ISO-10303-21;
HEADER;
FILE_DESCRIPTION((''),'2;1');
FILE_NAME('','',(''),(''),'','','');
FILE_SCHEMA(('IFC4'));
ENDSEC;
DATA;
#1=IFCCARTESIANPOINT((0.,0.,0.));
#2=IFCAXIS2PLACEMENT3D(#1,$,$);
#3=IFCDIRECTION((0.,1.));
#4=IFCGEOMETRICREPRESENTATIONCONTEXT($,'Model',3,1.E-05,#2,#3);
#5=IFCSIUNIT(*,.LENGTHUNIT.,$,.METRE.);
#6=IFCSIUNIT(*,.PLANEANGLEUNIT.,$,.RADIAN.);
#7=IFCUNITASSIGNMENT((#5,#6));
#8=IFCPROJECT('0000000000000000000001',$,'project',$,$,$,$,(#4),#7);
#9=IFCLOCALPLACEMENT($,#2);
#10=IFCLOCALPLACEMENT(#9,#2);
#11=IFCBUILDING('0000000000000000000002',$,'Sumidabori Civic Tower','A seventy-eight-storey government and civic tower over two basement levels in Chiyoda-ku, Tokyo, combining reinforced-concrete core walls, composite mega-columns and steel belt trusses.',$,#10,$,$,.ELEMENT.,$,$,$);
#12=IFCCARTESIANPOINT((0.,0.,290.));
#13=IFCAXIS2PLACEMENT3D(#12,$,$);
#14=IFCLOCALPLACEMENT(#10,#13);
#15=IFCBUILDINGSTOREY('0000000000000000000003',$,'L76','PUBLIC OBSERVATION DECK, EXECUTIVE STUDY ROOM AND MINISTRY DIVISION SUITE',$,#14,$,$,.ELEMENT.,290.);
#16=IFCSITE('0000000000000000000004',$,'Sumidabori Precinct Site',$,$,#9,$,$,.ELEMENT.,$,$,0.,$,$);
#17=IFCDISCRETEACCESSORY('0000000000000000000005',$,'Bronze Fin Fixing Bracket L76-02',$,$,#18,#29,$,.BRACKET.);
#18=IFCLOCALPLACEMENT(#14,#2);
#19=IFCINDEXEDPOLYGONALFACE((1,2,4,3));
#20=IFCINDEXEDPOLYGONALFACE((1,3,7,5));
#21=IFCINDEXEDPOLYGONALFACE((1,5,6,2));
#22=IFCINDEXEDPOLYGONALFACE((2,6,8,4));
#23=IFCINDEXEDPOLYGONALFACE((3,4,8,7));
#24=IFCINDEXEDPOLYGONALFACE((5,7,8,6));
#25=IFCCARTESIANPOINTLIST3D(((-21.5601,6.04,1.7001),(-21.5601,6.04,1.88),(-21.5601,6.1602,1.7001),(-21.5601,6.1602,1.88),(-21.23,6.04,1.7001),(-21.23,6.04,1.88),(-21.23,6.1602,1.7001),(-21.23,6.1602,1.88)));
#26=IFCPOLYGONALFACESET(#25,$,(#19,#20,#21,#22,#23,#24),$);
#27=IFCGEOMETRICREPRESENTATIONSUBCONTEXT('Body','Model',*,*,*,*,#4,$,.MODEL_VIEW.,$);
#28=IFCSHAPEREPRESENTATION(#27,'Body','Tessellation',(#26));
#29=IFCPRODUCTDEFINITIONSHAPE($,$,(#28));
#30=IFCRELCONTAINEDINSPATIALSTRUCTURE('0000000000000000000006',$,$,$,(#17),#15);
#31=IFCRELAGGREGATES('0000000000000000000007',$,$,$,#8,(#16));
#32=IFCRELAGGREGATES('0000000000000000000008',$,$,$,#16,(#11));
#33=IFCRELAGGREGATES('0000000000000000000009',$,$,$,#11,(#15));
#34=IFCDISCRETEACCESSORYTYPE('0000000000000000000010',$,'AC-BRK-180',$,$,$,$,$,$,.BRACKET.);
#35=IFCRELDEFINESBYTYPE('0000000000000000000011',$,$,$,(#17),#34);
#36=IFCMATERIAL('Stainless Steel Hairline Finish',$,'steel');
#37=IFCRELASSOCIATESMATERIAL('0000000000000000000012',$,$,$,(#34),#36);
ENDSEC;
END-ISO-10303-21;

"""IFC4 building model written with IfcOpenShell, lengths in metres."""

from ifc_helpers import new_model, si_unit, direction, frame, origin, origin_2d, place, context, subcontext, project, spatial, rectangle, extrude, source, transform, mapped, material, material_profile, profile_set, type_object, element, save


model = new_model("IFC4")

# Units and contexts
model_context = context("Model", 3, precision=1e-05, world=origin(), true_north=direction((0.0, 1.0)))
body_context = subcontext(model_context, "Body", "Model", "MODEL_VIEW")
ifc_project = project(units=[si_unit("LENGTHUNIT", "METRE"), si_unit("PLANEANGLEUNIT", "RADIAN")], contexts=[model_context])

# Site, building, storey
site_placement = place(None, origin())
site = spatial("IfcSite", under=ifc_project, at=site_placement, Name="Sumidabori Precinct Site", CompositionType="ELEMENT", RefElevation=0.0)
building_placement = place(site_placement, origin())
building = spatial("IfcBuilding", under=site, at=building_placement, Name="Sumidabori Civic Tower", Description="A seventy-eight-storey government and civic tower over two basement levels in Chiyoda-ku, Tokyo, combining reinforced-concrete core walls, composite mega-columns and steel belt trusses.", CompositionType="ELEMENT")
storey_placement = place(building_placement, frame((0.0, 0.0, 290.0)))
storey = spatial("IfcBuildingStorey", under=building, at=storey_placement, Name="L76", Description="PUBLIC OBSERVATION DECK, EXECUTIVE STUDY ROOM AND MINISTRY DIVISION SUITE", CompositionType="ELEMENT", Elevation=290.0)

# Discrete accessory
ifc_material_1 = material(Name="Stainless Steel Hairline Finish", Category="steel")
ifc_material_profile_1 = material_profile(ifc_material_1, rectangle(XDim=0.1201, YDim=0.1799, at=origin_2d()), Name="STEEL BRACKET 180x120")
ifc_profile_set_1 = profile_set([ifc_material_profile_1], Name="Stainless Steel Hairline Finish")
discrete_accessory_type = type_object("IfcDiscreteAccessoryType", Name="AC-BRK-180", PredefinedType="BRACKET", material=ifc_profile_set_1)
shared_shape_1 = source(origin(), body_context, "Body", "SweptSolid", [
    extrude(rectangle(XDim=0.1201, YDim=0.1799, at=origin_2d()), origin(), (0.0, 0.0, 1.0), 0.3301),
])
discrete_accessory_placement = place(storey_placement, frame((-21.23, 6.1001, 1.79), z_axis=(-1.0, 0.0, 0.0), x_axis=(0.0, -1.0, 0.0)))
element("IfcDiscreteAccessory", 1, at=discrete_accessory_placement, inside=storey, type_object=discrete_accessory_type, Name="Bronze Fin Fixing Bracket L76-02", PredefinedType="BRACKET", context=body_context, shape_type="MappedRepresentation", body=[
    mapped(shared_shape_1, transform((0.0, 0.0, 0.0), x_axis=(1.0, 0.0, 0.0), y_axis=(0.0, 1.0, 0.0), z_axis=(0.0, 0.0, 1.0), scale=1.0)),
])

save(model, "model.ifc")
